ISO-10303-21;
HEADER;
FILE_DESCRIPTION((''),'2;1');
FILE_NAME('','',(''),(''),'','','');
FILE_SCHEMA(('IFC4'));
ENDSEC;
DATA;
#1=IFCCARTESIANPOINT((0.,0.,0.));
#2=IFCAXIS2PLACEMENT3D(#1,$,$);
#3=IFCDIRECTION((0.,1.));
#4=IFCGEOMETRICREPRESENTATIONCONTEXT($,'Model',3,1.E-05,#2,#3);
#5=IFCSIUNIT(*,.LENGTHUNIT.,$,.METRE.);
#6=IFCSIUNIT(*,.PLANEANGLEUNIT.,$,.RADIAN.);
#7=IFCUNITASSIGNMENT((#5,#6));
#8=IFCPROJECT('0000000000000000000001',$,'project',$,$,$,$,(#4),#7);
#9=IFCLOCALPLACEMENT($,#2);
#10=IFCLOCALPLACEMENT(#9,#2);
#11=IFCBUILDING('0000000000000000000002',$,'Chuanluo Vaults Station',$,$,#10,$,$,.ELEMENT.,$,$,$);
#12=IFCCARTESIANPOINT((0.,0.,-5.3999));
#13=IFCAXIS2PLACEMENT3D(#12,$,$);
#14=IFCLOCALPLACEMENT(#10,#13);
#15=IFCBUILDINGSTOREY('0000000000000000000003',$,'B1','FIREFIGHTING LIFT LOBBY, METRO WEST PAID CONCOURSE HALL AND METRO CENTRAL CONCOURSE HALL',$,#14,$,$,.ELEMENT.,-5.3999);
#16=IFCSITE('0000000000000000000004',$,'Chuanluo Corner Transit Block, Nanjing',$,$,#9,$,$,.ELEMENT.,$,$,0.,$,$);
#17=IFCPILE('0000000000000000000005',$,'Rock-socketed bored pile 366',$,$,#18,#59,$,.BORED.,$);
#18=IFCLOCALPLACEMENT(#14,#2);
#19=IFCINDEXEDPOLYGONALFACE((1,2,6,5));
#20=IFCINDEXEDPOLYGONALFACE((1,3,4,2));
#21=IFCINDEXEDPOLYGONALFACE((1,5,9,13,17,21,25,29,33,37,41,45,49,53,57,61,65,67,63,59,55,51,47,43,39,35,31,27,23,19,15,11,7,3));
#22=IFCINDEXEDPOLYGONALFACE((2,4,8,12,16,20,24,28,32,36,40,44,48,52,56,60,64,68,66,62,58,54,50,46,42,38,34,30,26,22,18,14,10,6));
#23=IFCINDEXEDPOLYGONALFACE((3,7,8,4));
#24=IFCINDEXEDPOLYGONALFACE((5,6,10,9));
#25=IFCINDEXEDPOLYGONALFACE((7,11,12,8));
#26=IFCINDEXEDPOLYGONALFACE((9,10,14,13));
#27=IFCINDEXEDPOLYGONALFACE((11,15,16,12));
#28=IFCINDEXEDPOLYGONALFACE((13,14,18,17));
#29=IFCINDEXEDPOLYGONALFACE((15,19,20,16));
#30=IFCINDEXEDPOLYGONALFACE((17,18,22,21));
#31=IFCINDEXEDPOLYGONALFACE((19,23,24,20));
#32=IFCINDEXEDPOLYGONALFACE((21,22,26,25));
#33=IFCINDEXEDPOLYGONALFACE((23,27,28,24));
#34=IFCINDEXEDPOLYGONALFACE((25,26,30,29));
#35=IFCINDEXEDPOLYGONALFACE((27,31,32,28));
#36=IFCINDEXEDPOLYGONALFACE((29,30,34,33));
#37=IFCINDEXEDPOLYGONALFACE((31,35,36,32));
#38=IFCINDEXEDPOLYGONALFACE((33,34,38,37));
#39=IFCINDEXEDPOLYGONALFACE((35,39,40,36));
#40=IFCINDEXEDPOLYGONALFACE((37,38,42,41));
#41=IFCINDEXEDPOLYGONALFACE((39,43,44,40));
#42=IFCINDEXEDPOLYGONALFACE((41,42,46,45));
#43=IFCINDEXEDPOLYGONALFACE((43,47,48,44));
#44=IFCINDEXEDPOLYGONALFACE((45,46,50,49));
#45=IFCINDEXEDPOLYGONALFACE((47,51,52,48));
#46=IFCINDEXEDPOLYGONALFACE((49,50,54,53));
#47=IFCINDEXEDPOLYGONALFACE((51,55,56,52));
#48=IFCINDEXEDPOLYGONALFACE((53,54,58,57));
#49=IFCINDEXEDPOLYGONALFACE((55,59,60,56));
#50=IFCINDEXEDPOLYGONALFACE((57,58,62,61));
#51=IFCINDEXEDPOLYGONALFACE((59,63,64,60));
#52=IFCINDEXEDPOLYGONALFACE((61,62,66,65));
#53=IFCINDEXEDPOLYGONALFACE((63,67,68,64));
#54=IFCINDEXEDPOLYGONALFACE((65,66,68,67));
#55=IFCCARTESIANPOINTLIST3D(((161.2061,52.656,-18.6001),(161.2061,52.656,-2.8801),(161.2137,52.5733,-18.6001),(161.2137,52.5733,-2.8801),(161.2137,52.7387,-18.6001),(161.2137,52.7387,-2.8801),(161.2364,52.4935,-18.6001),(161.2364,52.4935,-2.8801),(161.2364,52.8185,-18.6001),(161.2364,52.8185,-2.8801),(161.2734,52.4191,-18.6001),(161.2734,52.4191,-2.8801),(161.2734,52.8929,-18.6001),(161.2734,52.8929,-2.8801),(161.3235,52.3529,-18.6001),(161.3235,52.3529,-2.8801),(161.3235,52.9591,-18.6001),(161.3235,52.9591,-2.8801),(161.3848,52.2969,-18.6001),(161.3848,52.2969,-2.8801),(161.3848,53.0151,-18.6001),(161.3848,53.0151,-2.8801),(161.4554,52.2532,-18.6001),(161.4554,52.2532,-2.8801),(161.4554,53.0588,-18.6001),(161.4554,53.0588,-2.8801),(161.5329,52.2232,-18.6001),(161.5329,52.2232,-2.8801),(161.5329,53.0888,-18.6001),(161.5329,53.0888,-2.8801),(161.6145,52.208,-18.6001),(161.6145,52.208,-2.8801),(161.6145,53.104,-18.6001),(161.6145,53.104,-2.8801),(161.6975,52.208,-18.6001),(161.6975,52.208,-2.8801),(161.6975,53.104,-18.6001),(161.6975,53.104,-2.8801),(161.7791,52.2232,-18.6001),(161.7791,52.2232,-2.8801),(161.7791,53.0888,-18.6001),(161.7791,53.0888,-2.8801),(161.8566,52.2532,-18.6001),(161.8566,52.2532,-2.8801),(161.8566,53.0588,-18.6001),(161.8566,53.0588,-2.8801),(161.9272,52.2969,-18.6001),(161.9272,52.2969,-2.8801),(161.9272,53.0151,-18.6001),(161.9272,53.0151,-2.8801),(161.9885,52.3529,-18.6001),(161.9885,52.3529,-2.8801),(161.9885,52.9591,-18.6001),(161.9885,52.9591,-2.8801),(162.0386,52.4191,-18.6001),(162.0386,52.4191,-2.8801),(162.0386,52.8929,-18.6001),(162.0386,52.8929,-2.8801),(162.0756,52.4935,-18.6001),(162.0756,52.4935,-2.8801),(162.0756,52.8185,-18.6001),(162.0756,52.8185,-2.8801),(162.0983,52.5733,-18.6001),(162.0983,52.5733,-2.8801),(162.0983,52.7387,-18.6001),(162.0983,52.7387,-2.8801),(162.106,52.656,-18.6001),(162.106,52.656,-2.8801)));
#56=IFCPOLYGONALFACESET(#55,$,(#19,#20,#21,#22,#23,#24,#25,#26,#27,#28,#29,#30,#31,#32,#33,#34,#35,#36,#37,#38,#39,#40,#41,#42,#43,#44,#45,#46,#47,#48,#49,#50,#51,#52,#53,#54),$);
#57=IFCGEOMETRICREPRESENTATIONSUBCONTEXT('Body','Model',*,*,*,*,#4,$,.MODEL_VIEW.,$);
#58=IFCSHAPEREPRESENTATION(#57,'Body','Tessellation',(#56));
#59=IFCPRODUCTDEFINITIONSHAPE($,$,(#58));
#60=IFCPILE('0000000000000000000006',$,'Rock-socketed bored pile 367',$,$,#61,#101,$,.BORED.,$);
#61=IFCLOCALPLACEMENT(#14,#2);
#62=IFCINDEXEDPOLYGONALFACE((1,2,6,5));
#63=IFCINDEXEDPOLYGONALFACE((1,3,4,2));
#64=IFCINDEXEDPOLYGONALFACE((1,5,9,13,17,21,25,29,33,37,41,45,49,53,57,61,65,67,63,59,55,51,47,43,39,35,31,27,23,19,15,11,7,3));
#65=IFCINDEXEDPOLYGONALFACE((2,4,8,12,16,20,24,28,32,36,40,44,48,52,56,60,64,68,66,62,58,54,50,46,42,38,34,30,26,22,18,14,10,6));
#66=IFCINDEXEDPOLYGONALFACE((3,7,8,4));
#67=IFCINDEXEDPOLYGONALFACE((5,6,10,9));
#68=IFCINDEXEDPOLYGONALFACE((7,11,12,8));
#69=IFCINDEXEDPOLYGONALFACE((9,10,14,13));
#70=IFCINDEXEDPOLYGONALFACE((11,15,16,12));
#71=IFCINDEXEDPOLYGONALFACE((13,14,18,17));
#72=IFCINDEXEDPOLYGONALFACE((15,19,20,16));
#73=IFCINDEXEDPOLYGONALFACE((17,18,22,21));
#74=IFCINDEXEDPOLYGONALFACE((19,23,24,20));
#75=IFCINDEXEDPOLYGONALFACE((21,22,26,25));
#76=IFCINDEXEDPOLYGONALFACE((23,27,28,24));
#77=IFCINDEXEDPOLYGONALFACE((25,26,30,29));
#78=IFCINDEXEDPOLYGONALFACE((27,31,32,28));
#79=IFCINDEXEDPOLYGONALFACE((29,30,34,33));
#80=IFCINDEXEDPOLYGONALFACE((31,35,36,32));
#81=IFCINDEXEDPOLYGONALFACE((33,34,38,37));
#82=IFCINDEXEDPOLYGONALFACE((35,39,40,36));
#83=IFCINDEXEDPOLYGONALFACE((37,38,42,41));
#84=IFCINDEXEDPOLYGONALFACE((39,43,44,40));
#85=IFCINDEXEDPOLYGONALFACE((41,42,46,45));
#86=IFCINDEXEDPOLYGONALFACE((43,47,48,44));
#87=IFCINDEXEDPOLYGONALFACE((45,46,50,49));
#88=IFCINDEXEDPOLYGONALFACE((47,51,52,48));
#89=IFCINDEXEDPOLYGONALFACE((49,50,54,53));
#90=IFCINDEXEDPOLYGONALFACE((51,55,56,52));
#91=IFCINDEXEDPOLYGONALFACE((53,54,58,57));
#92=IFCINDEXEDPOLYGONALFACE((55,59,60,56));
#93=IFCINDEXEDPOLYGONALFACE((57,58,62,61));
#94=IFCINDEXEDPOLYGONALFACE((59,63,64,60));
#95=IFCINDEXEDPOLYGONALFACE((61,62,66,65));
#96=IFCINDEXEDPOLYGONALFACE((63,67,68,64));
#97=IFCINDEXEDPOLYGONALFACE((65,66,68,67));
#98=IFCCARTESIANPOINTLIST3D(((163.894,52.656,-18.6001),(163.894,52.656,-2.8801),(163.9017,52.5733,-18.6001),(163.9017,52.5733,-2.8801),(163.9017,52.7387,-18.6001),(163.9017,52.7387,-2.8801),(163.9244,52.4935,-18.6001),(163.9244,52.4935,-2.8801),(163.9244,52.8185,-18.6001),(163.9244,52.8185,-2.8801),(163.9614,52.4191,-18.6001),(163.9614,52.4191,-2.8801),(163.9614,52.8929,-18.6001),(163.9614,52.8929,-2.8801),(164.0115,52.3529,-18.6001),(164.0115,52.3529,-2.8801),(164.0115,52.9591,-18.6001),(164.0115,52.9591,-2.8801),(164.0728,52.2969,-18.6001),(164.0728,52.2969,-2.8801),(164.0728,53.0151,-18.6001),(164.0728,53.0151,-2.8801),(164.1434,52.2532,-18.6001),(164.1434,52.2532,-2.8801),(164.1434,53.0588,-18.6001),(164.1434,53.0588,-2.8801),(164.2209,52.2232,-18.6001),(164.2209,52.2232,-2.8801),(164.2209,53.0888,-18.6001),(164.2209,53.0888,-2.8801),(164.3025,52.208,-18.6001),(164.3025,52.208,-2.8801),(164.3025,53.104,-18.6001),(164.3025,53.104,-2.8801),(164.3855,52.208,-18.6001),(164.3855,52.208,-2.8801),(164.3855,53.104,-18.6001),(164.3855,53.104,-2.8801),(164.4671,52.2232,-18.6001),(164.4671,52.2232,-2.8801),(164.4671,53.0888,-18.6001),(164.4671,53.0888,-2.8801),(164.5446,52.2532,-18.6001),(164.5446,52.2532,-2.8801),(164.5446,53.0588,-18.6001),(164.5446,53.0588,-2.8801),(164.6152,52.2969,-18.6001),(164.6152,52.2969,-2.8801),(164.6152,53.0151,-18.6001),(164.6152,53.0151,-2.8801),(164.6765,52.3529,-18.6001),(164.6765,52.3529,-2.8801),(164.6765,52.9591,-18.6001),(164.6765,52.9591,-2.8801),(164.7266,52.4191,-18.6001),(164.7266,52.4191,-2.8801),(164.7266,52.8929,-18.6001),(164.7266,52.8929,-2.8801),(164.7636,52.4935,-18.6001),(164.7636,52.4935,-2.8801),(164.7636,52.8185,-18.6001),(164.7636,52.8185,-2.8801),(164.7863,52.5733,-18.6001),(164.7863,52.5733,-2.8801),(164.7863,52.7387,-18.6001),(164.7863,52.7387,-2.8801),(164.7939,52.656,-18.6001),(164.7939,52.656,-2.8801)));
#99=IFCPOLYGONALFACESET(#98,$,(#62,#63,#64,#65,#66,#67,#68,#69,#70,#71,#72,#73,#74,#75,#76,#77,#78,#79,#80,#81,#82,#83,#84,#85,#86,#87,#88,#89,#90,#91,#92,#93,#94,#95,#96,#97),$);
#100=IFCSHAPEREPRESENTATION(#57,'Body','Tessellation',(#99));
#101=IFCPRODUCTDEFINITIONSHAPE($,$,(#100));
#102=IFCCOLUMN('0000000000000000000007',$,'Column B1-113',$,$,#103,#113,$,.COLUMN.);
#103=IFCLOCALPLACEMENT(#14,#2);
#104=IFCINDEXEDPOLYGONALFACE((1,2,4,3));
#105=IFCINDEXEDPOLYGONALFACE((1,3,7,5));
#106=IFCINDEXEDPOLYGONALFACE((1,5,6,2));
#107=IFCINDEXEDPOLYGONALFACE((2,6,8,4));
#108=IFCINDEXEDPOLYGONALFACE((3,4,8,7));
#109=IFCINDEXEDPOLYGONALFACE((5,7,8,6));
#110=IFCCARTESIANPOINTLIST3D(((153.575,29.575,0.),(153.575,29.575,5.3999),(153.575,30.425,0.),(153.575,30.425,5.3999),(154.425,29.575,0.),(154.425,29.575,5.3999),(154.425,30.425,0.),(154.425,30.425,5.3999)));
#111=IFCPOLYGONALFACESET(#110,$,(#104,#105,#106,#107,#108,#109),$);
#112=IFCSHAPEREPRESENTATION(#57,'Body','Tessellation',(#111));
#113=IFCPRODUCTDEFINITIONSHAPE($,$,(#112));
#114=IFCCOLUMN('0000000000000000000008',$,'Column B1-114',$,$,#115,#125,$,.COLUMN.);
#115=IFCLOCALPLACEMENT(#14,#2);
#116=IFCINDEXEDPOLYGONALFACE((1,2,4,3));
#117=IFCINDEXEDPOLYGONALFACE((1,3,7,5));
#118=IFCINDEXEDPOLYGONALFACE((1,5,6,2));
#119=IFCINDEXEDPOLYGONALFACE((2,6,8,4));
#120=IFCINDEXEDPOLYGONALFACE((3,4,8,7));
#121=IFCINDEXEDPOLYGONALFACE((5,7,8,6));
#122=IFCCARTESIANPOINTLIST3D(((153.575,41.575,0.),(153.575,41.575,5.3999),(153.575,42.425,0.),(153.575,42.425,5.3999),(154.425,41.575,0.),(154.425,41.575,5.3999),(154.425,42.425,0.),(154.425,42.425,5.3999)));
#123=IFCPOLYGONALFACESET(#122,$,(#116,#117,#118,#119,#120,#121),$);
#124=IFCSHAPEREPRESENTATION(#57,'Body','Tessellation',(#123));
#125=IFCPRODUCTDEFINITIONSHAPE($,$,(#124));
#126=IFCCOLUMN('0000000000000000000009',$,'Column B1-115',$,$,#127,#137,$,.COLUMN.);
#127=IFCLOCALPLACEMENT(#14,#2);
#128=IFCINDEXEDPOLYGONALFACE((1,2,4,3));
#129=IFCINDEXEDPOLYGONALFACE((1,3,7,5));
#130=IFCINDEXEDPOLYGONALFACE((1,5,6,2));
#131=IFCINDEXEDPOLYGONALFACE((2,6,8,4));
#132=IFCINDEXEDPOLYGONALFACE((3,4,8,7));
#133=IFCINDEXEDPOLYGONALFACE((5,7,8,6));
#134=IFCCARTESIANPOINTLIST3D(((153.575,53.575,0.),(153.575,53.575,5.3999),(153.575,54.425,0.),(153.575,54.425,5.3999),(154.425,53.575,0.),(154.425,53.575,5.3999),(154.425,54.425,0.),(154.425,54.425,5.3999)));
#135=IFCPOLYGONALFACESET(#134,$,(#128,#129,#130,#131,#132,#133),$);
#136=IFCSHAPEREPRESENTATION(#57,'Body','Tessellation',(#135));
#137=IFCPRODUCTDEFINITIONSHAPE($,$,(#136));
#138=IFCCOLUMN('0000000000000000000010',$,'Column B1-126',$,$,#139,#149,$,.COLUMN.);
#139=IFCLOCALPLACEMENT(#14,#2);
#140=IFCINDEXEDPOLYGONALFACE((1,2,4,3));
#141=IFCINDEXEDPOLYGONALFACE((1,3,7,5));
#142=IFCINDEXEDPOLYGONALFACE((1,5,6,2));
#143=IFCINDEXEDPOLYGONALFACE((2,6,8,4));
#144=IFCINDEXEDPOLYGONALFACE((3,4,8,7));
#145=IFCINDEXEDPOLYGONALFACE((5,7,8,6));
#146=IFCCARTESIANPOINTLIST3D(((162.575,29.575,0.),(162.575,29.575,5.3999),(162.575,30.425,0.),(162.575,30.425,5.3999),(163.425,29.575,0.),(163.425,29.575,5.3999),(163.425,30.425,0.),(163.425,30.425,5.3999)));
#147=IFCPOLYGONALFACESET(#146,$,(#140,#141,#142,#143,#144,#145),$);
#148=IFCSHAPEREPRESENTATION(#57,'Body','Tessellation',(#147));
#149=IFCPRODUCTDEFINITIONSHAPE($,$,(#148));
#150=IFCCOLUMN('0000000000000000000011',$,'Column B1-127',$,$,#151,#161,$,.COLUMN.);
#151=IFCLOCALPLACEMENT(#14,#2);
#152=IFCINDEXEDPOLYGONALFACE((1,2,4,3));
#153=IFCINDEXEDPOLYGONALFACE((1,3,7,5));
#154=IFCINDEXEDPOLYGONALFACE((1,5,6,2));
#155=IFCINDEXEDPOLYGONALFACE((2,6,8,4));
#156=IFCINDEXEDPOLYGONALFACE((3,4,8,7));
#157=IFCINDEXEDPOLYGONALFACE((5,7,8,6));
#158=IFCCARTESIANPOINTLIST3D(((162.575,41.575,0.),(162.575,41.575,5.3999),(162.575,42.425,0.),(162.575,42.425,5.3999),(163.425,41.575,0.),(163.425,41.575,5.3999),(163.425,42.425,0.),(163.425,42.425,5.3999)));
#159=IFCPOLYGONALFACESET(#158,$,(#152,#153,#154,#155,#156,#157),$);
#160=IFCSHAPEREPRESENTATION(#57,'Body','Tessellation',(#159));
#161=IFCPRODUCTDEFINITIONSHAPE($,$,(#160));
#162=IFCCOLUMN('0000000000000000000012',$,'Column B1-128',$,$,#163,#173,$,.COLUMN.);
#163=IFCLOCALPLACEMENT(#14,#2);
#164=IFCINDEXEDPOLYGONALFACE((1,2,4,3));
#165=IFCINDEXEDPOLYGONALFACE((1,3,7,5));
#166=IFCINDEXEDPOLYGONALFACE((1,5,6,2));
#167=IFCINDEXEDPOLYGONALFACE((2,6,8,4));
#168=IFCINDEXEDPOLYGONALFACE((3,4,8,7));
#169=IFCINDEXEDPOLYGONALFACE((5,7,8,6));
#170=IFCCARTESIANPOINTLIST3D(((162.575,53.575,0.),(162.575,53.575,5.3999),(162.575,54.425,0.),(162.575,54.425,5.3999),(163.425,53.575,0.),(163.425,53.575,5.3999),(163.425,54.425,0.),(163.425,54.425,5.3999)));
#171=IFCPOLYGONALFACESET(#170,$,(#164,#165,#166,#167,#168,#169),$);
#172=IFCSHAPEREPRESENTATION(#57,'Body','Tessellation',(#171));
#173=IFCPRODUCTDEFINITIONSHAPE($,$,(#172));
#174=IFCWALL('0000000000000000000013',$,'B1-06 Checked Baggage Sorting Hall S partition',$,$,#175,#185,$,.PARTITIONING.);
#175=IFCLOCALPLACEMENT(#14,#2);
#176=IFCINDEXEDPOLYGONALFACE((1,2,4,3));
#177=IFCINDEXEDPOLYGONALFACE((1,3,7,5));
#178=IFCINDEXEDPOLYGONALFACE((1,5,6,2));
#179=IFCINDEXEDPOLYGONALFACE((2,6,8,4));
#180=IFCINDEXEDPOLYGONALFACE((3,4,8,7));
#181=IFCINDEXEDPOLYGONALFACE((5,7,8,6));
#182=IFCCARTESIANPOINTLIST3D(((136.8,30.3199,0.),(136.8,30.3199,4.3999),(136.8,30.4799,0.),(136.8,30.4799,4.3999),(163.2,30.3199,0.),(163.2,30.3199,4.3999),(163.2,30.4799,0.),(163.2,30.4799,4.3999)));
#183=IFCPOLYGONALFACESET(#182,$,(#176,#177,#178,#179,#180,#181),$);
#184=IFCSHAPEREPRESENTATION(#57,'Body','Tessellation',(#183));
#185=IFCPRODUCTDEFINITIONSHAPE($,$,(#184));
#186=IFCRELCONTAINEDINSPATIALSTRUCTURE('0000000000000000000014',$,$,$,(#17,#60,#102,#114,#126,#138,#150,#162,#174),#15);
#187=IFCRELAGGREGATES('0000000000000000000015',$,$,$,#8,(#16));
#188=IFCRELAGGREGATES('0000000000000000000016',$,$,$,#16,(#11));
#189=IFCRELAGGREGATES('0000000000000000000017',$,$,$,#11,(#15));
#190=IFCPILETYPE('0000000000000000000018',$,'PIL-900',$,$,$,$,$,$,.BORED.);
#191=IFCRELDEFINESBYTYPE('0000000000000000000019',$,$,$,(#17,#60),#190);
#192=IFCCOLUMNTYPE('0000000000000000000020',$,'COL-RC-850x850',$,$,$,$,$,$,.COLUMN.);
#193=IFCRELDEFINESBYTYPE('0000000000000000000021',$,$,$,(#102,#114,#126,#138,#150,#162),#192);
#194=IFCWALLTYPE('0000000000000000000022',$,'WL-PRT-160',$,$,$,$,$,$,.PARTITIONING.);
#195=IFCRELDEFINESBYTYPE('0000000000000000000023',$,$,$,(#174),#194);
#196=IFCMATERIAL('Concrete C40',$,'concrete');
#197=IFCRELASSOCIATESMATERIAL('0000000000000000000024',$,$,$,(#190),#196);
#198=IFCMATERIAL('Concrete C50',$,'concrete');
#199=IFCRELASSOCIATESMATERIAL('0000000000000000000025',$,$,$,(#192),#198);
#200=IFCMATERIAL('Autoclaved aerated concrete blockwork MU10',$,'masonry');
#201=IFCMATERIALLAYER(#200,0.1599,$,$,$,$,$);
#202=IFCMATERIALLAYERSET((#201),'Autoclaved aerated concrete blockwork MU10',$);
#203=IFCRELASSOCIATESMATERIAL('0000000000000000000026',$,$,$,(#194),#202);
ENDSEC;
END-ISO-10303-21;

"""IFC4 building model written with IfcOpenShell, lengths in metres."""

from ifc_helpers import new_model, si_unit, direction, frame, frame_2d, origin, origin_2d, place, context, subcontext, project, spatial, rectangle, circle, extrude, material, layer, layer_set, material_profile, profile_set, type_object, element, save


model = new_model("IFC4")

# Units and contexts
model_context = context("Model", 3, precision=1e-05, world=origin(), true_north=direction((0.0, 1.0)))
body_context = subcontext(model_context, "Body", "Model", "MODEL_VIEW")
ifc_project = project(units=[si_unit("LENGTHUNIT", "METRE"), si_unit("PLANEANGLEUNIT", "RADIAN")], contexts=[model_context])

# Site, building, storey
site_placement = place(None, origin())
site = spatial("IfcSite", under=ifc_project, at=site_placement, Name="Chuanluo Corner Transit Block, Nanjing", CompositionType="ELEMENT", RefElevation=0.0)
building_placement = place(site_placement, origin())
building = spatial("IfcBuilding", under=site, at=building_placement, Name="Chuanluo Vaults Station", CompositionType="ELEMENT")
storey_placement = place(building_placement, frame((0.0, 0.0, -5.3999)))
storey = spatial("IfcBuildingStorey", under=building, at=storey_placement, Name="B1", Description="FIREFIGHTING LIFT LOBBY, METRO WEST PAID CONCOURSE HALL AND METRO CENTRAL CONCOURSE HALL", CompositionType="ELEMENT", Elevation=-5.3999)

# Piles
ifc_material_1 = material(Name="Concrete C40", Category="concrete")
ifc_material_profile_1 = material_profile(ifc_material_1, circle(Radius=0.45, at=origin_2d()))
ifc_profile_set_1 = profile_set([ifc_material_profile_1], Name="Concrete C40")
pile_type_1 = type_object("IfcPileType", Name="PIL-900", PredefinedType="BORED", material=ifc_profile_set_1)
for number, where, z_axis, x_axis, name in (
    (1, (161.656, 52.656, -2.8801), (0.0, 0.0, -1.0), (1.0, 0.0, 0.0), "Rock-socketed bored pile 366"),
    (2, (164.344, 52.656, -2.8801), (0.0, 0.0, -1.0), (1.0, 0.0, 0.0), "Rock-socketed bored pile 367"),
):
    element("IfcPile", number, at=place(storey_placement, frame(where, z_axis=z_axis, x_axis=x_axis)), inside=storey, type_object=pile_type_1, Name=name, PredefinedType="BORED", context=body_context, shape_type="SweptSolid", body=[
        extrude(circle(Radius=0.45, at=origin_2d()), origin(), (0.0, 0.0, 1.0), 15.72),
    ])

# Columns
ifc_material_2 = material(Name="Concrete C50", Category="concrete")
ifc_material_profile_2 = material_profile(ifc_material_2, rectangle(XDim=0.8501, YDim=0.8501, at=origin_2d()))
ifc_profile_set_2 = profile_set([ifc_material_profile_2], Name="Concrete C50")
column_type = type_object("IfcColumnType", Name="COL-RC-850x850", PredefinedType="COLUMN", material=ifc_profile_set_2)
for number, where, z_axis, x_axis, name in (
    (3, (154.0, 30.0, 0.0), (0.0, 0.0, 1.0), (1.0, 0.0, 0.0), "Column B1-113"),
    (4, (154.0, 42.0, 0.0), (0.0, 0.0, 1.0), (1.0, 0.0, 0.0), "Column B1-114"),
    (5, (154.0, 54.0, 0.0), (0.0, 0.0, 1.0), (1.0, 0.0, 0.0), "Column B1-115"),
    (6, (163.0, 30.0, 0.0), (0.0, 0.0, 1.0), (1.0, 0.0, 0.0), "Column B1-126"),
    (7, (163.0, 42.0, 0.0), (0.0, 0.0, 1.0), (1.0, 0.0, 0.0), "Column B1-127"),
    (8, (163.0, 54.0, 0.0), (0.0, 0.0, 1.0), (1.0, 0.0, 0.0), "Column B1-128"),
):
    element("IfcColumn", number, at=place(storey_placement, frame(where, z_axis=z_axis, x_axis=x_axis)), inside=storey, type_object=column_type, Name=name, PredefinedType="COLUMN", context=body_context, shape_type="SweptSolid", body=[
        extrude(rectangle(XDim=0.8501, YDim=0.8501, at=origin_2d()), origin(), (0.0, 0.0, 1.0), 5.3999),
    ])

# Wall
ifc_material_3 = material(Name="Autoclaved aerated concrete blockwork MU10", Category="masonry")
ifc_layer = layer(ifc_material_3, 0.1599)
ifc_layer_set = layer_set([ifc_layer], Name="Autoclaved aerated concrete blockwork MU10")
wall_type = type_object("IfcWallType", Name="WL-PRT-160", PredefinedType="PARTITIONING", material=ifc_layer_set)
wall_1_placement = place(storey_placement, frame((163.2, 30.3999, 0.0), z_axis=(0.0, 0.0, 1.0), x_axis=(-1.0, 0.0, 0.0)))
element("IfcWall", 9, at=wall_1_placement, inside=storey, type_object=wall_type, Name="B1-06 Checked Baggage Sorting Hall S partition", PredefinedType="PARTITIONING", context=body_context, shape_type="SweptSolid", body=[
    extrude(rectangle(XDim=26.3999, YDim=0.1599, at=frame_2d((13.2, 0.0))), origin(), (0.0, 0.0, 1.0), 4.3999),
])

save(model, "model.ifc")
